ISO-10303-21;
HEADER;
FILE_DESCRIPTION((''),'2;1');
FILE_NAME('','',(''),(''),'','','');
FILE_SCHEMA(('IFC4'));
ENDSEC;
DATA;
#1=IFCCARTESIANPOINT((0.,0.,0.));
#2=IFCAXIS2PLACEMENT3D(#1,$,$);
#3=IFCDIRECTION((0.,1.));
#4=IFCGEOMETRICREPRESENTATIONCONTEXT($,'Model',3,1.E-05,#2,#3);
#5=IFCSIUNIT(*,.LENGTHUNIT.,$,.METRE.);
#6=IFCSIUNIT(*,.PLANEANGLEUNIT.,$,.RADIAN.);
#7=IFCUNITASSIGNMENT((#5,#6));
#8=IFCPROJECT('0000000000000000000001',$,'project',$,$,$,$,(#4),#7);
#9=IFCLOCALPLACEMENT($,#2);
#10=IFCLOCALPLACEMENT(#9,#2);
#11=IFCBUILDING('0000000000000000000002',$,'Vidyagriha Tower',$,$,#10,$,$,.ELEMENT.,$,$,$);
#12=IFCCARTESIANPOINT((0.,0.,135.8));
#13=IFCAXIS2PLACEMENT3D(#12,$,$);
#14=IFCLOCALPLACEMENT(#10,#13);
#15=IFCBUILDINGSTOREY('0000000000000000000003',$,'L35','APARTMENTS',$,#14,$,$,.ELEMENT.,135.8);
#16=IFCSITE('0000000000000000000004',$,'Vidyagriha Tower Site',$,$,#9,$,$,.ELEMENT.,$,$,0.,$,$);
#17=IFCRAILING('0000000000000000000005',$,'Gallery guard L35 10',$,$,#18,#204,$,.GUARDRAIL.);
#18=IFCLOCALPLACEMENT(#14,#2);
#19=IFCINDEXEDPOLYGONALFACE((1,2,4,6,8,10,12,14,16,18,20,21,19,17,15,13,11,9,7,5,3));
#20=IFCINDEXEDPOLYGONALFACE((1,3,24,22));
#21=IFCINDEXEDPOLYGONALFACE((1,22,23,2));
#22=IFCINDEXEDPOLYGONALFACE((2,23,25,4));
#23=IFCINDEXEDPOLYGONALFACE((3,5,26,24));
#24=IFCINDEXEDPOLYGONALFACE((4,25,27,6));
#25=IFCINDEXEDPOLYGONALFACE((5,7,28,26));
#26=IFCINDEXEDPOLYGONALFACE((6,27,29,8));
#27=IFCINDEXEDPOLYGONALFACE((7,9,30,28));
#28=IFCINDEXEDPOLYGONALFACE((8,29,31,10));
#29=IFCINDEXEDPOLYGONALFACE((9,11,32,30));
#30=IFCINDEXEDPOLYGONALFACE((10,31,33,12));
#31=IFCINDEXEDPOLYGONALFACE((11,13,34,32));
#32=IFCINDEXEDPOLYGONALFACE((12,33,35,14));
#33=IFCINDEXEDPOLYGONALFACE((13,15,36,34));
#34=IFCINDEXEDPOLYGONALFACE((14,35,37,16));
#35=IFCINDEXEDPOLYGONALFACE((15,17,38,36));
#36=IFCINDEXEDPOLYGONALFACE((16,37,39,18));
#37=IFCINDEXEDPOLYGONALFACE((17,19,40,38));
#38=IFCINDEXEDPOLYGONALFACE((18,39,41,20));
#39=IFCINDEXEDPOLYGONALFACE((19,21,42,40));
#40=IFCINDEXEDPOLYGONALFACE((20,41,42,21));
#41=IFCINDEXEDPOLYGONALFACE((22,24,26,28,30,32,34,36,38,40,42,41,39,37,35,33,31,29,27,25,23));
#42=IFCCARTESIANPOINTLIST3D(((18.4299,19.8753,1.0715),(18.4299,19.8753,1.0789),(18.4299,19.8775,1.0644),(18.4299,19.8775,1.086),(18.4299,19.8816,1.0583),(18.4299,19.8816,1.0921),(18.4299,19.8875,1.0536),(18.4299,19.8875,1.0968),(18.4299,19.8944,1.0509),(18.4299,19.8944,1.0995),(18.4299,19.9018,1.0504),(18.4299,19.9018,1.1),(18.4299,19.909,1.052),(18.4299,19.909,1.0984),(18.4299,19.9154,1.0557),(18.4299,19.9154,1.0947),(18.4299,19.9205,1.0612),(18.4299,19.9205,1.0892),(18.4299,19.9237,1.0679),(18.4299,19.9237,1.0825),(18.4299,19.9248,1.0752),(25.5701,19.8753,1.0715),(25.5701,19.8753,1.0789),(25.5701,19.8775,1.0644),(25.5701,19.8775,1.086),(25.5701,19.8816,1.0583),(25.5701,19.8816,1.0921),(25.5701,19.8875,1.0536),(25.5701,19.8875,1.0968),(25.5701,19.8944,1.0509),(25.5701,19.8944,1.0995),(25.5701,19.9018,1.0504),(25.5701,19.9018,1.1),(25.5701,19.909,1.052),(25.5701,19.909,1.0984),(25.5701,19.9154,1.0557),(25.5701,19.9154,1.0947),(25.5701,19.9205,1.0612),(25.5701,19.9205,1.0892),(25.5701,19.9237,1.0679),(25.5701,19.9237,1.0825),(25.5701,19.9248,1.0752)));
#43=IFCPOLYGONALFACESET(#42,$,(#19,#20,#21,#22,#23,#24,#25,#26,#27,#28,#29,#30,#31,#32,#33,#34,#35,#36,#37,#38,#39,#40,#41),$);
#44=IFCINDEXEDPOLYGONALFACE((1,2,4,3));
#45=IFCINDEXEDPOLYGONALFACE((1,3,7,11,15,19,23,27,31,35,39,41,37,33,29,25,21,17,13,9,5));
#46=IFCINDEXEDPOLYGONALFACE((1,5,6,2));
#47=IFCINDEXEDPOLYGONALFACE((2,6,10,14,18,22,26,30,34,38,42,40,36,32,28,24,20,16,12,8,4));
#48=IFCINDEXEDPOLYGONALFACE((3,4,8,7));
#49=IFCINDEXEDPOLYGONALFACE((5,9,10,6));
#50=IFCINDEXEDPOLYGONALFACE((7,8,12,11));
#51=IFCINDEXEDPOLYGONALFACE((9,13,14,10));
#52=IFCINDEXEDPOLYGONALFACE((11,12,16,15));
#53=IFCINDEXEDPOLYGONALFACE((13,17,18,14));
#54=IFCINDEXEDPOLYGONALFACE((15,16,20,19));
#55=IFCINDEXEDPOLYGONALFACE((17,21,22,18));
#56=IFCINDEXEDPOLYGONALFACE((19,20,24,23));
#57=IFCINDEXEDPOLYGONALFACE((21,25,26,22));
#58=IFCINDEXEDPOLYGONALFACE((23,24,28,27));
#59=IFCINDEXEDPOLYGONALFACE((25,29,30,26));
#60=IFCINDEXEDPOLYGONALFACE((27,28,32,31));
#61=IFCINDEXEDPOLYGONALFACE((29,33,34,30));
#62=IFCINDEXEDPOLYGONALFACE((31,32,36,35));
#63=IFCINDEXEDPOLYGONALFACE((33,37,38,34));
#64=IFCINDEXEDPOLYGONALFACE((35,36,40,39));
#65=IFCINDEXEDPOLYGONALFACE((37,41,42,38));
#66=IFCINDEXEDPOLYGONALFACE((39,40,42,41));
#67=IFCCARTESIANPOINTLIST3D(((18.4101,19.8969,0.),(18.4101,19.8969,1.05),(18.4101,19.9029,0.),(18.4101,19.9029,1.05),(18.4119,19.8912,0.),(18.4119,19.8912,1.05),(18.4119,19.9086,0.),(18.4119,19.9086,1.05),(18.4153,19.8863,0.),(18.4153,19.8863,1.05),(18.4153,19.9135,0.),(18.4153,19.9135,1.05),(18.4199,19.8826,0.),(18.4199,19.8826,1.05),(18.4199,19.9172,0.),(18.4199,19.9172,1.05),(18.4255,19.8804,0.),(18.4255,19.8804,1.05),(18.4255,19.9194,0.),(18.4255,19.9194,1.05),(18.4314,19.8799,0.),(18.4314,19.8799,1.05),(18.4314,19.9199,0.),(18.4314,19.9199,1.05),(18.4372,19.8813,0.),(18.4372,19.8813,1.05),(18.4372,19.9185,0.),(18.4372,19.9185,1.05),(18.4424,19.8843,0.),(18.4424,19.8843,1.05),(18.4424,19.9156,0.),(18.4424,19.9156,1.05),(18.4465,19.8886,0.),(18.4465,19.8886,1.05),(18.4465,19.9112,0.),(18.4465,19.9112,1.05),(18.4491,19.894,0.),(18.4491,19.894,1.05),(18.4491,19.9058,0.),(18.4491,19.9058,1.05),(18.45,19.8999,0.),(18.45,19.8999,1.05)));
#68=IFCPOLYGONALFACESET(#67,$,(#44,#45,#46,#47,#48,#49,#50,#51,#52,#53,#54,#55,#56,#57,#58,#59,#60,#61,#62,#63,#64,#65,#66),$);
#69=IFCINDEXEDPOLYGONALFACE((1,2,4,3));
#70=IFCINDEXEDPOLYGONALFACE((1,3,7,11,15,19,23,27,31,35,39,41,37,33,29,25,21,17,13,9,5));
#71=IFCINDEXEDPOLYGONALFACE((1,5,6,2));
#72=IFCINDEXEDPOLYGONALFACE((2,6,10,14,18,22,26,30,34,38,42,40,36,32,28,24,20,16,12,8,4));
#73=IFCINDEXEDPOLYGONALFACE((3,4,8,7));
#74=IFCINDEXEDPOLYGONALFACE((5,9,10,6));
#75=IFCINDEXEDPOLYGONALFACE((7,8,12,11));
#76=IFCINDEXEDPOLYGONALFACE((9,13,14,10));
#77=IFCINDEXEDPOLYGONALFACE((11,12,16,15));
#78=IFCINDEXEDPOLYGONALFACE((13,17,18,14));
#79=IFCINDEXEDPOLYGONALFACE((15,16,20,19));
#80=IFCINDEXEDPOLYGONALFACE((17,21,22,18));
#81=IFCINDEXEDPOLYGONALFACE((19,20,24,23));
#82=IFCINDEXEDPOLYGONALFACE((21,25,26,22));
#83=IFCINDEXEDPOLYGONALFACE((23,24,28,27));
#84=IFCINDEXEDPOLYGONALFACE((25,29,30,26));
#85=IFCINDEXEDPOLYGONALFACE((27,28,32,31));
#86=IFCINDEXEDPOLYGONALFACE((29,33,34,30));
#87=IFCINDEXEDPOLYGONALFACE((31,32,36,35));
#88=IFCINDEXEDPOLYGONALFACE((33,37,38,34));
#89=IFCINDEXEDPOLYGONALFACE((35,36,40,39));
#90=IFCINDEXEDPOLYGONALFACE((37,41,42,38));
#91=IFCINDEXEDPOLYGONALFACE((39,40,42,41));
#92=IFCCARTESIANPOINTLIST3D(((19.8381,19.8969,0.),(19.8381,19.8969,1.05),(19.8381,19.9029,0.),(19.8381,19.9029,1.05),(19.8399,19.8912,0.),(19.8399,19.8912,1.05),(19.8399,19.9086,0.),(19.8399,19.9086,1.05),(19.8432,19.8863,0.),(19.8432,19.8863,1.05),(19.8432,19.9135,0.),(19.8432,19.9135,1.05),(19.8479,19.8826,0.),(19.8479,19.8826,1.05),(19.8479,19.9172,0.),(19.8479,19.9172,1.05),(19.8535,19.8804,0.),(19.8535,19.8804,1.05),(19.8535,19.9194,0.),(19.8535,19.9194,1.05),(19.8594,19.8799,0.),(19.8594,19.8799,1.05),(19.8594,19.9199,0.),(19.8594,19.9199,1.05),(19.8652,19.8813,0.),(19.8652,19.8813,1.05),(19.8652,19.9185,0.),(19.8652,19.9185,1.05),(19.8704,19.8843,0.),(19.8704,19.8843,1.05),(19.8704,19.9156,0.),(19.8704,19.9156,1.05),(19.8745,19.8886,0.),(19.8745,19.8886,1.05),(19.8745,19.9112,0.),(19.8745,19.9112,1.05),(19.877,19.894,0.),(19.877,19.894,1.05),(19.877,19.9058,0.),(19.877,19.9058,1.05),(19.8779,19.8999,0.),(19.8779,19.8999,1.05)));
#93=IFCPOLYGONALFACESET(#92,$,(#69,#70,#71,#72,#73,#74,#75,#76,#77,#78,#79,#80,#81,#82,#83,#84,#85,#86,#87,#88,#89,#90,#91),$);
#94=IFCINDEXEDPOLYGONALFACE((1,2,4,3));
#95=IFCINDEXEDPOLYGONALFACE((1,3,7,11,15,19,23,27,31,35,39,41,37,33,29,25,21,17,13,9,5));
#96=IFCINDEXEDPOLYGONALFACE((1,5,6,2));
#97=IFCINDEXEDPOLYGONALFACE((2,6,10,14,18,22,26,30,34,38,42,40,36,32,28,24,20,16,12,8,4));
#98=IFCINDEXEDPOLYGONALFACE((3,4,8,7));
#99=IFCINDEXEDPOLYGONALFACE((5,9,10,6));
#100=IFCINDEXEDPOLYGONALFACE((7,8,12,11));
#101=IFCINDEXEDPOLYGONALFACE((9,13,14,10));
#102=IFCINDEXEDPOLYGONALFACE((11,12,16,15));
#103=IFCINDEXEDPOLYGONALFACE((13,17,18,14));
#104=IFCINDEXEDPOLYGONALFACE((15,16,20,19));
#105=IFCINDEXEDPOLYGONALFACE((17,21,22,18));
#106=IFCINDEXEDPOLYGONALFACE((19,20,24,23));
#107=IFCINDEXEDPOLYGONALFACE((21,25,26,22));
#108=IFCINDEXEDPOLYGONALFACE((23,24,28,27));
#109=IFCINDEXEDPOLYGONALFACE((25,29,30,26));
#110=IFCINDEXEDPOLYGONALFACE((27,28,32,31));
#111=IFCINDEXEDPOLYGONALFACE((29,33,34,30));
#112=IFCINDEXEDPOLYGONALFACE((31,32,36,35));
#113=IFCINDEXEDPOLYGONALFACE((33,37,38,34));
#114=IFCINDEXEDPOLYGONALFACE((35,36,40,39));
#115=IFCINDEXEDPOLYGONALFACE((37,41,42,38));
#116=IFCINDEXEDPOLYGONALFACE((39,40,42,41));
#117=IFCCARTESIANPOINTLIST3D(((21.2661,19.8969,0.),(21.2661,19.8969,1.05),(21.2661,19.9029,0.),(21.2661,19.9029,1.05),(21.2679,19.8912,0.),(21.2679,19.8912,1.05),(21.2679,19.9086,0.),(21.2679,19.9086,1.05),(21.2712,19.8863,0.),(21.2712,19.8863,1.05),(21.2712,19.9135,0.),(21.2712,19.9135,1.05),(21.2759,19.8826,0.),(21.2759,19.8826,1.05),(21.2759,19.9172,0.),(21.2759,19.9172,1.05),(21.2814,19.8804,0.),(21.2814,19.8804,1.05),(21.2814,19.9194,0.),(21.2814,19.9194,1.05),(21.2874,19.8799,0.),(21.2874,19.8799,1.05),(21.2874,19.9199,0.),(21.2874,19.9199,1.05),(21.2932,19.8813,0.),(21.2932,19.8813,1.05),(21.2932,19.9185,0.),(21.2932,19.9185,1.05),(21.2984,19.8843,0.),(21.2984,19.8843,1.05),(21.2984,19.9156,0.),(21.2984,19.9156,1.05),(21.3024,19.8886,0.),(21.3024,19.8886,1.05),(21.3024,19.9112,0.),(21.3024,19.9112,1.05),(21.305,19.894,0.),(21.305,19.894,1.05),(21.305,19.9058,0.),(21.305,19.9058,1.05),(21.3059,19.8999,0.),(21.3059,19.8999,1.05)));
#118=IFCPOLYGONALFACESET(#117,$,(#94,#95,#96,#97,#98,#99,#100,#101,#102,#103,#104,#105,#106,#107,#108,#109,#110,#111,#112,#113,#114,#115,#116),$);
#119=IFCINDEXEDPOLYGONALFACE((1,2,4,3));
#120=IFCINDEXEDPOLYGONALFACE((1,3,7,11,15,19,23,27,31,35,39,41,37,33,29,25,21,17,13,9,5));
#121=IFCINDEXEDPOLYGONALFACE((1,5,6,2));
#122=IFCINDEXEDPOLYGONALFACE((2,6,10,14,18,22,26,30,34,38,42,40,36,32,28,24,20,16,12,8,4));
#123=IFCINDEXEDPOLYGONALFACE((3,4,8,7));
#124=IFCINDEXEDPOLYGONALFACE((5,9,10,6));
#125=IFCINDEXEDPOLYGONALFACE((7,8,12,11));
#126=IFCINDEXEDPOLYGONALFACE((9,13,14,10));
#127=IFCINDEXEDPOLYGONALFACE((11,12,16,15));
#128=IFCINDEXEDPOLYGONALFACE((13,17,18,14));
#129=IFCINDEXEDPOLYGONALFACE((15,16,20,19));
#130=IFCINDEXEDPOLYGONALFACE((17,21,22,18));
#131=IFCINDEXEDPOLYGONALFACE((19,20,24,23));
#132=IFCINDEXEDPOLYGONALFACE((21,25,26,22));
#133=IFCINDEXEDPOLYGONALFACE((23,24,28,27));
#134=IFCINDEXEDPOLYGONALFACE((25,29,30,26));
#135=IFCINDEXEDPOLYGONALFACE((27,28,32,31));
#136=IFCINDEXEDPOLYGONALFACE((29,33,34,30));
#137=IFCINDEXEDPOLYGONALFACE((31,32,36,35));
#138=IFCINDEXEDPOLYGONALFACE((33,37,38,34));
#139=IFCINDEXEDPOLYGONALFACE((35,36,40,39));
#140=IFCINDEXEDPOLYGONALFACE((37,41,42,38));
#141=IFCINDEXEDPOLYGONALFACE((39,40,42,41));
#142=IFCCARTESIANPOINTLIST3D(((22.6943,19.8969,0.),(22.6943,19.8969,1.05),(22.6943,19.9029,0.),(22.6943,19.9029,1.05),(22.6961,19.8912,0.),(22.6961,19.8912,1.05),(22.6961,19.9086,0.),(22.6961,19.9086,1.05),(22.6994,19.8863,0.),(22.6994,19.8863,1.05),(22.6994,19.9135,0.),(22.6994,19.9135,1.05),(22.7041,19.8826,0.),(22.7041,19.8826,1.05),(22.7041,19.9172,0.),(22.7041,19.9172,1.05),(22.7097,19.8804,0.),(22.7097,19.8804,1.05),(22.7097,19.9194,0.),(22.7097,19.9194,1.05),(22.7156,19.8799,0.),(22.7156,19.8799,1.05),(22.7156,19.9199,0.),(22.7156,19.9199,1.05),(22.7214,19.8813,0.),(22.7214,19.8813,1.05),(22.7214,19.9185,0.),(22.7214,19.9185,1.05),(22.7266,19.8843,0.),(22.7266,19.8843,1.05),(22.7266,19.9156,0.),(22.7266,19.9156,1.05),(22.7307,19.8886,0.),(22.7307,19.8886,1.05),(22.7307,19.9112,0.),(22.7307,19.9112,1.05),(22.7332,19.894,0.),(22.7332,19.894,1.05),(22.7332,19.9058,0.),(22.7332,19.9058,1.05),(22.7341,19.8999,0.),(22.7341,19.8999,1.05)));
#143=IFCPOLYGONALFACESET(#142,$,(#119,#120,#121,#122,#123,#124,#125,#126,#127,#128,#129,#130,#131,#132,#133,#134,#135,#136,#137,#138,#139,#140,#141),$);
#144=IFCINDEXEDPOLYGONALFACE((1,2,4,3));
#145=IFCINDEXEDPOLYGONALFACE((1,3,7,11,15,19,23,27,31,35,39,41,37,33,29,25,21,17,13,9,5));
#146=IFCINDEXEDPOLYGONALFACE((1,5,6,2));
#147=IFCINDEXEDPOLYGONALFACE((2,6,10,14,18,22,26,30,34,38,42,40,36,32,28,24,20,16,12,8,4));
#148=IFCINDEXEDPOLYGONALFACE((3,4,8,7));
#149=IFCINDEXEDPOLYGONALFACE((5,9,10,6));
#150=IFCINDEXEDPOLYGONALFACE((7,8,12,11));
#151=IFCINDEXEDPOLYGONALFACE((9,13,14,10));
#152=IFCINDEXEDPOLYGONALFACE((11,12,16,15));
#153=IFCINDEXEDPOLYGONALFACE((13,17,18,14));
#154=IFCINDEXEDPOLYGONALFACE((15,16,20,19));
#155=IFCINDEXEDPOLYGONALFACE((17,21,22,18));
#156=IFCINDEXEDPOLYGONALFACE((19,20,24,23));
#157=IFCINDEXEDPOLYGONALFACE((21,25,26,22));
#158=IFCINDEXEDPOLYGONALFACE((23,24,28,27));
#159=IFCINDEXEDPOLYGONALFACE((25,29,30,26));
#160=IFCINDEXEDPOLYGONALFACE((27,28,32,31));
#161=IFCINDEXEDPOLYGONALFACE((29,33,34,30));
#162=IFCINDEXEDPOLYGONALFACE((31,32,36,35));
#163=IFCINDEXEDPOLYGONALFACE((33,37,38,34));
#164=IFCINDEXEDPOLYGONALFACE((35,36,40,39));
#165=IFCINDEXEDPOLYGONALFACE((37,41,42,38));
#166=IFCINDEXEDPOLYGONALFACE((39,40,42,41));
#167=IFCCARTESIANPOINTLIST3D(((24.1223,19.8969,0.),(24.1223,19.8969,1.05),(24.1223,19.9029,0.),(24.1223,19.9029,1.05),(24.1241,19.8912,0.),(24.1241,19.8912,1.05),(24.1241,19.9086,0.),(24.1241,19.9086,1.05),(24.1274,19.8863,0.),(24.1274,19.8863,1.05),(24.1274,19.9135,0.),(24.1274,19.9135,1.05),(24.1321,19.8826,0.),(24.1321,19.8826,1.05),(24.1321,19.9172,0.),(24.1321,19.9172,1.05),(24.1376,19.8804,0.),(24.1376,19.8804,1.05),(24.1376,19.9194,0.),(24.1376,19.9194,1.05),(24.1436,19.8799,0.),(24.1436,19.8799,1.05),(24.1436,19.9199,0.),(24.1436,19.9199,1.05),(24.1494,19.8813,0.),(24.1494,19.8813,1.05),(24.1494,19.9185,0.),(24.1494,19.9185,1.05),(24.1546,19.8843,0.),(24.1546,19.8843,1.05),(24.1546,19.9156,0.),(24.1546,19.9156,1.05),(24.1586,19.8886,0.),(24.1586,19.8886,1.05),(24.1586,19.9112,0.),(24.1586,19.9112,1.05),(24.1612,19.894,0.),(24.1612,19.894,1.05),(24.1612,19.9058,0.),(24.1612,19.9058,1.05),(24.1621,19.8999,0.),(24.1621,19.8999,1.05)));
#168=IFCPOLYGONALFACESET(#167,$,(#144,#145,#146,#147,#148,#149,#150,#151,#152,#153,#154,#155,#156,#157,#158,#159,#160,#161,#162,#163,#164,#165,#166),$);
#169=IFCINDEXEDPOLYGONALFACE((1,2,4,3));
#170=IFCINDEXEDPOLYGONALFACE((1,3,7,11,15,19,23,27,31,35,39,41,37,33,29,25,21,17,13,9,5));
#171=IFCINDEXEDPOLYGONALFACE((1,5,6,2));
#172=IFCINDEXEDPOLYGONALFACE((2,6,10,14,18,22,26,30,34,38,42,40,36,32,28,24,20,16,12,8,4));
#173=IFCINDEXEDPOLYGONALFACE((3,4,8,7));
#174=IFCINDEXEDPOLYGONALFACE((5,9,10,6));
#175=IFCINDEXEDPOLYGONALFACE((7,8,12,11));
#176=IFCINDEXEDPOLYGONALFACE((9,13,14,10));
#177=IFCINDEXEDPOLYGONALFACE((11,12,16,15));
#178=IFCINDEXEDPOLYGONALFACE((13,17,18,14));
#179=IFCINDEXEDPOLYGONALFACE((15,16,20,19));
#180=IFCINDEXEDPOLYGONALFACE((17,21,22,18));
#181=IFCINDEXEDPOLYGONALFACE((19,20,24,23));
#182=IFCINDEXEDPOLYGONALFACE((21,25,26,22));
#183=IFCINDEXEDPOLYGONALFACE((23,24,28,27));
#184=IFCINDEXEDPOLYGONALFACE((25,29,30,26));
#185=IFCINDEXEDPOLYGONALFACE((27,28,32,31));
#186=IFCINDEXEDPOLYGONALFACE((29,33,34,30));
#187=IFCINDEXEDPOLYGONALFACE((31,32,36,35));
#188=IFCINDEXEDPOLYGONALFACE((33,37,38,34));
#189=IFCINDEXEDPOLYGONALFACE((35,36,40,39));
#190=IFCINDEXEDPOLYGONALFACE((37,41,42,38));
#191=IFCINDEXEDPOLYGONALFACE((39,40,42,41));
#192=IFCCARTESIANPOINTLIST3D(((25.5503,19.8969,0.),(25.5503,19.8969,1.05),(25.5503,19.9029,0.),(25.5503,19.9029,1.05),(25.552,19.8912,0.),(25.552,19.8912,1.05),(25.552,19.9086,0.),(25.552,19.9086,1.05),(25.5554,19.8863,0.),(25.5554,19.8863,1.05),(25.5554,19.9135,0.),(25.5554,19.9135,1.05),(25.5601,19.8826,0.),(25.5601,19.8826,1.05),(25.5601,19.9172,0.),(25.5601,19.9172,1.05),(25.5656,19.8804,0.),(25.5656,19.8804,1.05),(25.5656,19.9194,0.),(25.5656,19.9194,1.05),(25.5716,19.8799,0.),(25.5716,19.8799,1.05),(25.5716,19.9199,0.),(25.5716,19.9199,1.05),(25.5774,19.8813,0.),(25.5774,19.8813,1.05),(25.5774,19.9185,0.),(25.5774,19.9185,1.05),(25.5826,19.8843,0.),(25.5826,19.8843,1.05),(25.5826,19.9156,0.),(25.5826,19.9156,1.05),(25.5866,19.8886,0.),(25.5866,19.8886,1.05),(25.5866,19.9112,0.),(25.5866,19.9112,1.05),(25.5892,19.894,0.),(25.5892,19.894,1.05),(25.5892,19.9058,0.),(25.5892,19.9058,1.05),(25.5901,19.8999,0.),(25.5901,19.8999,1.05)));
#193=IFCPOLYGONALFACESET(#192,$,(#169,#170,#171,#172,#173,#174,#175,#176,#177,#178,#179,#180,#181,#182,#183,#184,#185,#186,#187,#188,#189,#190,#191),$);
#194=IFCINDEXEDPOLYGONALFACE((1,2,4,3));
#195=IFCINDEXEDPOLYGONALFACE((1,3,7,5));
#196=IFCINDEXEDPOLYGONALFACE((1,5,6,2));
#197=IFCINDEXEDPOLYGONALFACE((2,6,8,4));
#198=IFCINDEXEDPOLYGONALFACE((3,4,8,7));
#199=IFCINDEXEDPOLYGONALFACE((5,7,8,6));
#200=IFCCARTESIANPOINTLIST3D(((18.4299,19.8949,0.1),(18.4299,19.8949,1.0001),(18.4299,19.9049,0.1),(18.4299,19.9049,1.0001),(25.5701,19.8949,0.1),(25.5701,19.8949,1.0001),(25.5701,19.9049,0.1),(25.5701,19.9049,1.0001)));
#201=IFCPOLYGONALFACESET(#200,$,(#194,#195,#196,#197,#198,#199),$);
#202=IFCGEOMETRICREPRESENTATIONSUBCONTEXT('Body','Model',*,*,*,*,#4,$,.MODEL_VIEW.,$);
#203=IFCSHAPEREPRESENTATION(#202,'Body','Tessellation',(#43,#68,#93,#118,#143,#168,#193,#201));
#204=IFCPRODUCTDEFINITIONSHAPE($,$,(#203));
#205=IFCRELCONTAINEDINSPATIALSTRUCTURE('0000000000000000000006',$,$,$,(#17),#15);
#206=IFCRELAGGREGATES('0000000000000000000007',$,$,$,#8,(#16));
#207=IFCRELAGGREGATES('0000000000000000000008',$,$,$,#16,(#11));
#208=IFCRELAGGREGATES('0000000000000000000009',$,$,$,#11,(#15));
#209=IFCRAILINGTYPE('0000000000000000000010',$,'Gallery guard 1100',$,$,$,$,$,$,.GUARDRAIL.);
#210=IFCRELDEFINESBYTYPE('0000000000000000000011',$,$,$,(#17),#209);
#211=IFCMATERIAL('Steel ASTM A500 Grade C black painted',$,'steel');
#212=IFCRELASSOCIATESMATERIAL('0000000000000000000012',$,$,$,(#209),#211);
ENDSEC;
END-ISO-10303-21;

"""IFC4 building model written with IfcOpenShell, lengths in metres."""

from ifc_helpers import new_model, si_unit, direction, frame, origin, origin_2d, place, context, subcontext, project, spatial, rectangle, circle, extrude, material, type_object, element, save


model = new_model("IFC4")

# Units and contexts
model_context = context("Model", 3, precision=1e-05, world=origin(), true_north=direction((0.0, 1.0)))
body_context = subcontext(model_context, "Body", "Model", "MODEL_VIEW")
ifc_project = project(units=[si_unit("LENGTHUNIT", "METRE"), si_unit("PLANEANGLEUNIT", "RADIAN")], contexts=[model_context])

# Site, building, storey
site_placement = place(None, origin())
site = spatial("IfcSite", under=ifc_project, at=site_placement, Name="Vidyagriha Tower Site", CompositionType="ELEMENT", RefElevation=0.0)
building_placement = place(site_placement, origin())
building = spatial("IfcBuilding", under=site, at=building_placement, Name="Vidyagriha Tower", CompositionType="ELEMENT")
storey_placement = place(building_placement, frame((0.0, 0.0, 135.8)))
storey = spatial("IfcBuildingStorey", under=building, at=storey_placement, Name="L35", Description="APARTMENTS", CompositionType="ELEMENT", Elevation=135.8)

# Railing
ifc_material_1 = material(Name="Steel ASTM A500 Grade C black painted", Category="steel")
railing_type = type_object("IfcRailingType", Name="Gallery guard 1100", PredefinedType="GUARDRAIL", material=ifc_material_1)
railing_1_placement = place(storey_placement, frame((18.4299, 19.8999, 0.0)))
element("IfcRailing", 1, at=railing_1_placement, inside=storey, type_object=railing_type, Name="Gallery guard L35 10", PredefinedType="GUARDRAIL", context=body_context, shape_type="SweptSolid", body=[
    extrude(circle(Radius=0.0249, at=origin_2d()), frame((0.0, 0.0, 1.0752), z_axis=(1.0, 0.0, 0.0), x_axis=(0.0, 1.0, 0.0)), (0.0, 0.0, 1.0), 7.1401),
    extrude(circle(Radius=0.02, at=origin_2d()), origin(), (0.0, 0.0, 1.0), 1.05),
    extrude(circle(Radius=0.02, at=origin_2d()), frame((1.428, 0.0, 0.0)), (0.0, 0.0, 1.0), 1.05),
    extrude(circle(Radius=0.02, at=origin_2d()), frame((2.856, 0.0, 0.0)), (0.0, 0.0, 1.0), 1.05),
    extrude(circle(Radius=0.02, at=origin_2d()), frame((4.2842, 0.0, 0.0)), (0.0, 0.0, 1.0), 1.05),
    extrude(circle(Radius=0.02, at=origin_2d()), frame((5.7122, 0.0, 0.0)), (0.0, 0.0, 1.0), 1.05),
    extrude(circle(Radius=0.02, at=origin_2d()), frame((7.1401, 0.0, 0.0)), (0.0, 0.0, 1.0), 1.05),
    extrude(rectangle(XDim=0.01, YDim=0.9001, at=origin_2d()), frame((0.0, 0.0, 0.55), z_axis=(1.0, 0.0, 0.0), x_axis=(0.0, 1.0, 0.0)), (0.0, 0.0, 1.0), 7.1401),
])

save(model, "model.ifc")
